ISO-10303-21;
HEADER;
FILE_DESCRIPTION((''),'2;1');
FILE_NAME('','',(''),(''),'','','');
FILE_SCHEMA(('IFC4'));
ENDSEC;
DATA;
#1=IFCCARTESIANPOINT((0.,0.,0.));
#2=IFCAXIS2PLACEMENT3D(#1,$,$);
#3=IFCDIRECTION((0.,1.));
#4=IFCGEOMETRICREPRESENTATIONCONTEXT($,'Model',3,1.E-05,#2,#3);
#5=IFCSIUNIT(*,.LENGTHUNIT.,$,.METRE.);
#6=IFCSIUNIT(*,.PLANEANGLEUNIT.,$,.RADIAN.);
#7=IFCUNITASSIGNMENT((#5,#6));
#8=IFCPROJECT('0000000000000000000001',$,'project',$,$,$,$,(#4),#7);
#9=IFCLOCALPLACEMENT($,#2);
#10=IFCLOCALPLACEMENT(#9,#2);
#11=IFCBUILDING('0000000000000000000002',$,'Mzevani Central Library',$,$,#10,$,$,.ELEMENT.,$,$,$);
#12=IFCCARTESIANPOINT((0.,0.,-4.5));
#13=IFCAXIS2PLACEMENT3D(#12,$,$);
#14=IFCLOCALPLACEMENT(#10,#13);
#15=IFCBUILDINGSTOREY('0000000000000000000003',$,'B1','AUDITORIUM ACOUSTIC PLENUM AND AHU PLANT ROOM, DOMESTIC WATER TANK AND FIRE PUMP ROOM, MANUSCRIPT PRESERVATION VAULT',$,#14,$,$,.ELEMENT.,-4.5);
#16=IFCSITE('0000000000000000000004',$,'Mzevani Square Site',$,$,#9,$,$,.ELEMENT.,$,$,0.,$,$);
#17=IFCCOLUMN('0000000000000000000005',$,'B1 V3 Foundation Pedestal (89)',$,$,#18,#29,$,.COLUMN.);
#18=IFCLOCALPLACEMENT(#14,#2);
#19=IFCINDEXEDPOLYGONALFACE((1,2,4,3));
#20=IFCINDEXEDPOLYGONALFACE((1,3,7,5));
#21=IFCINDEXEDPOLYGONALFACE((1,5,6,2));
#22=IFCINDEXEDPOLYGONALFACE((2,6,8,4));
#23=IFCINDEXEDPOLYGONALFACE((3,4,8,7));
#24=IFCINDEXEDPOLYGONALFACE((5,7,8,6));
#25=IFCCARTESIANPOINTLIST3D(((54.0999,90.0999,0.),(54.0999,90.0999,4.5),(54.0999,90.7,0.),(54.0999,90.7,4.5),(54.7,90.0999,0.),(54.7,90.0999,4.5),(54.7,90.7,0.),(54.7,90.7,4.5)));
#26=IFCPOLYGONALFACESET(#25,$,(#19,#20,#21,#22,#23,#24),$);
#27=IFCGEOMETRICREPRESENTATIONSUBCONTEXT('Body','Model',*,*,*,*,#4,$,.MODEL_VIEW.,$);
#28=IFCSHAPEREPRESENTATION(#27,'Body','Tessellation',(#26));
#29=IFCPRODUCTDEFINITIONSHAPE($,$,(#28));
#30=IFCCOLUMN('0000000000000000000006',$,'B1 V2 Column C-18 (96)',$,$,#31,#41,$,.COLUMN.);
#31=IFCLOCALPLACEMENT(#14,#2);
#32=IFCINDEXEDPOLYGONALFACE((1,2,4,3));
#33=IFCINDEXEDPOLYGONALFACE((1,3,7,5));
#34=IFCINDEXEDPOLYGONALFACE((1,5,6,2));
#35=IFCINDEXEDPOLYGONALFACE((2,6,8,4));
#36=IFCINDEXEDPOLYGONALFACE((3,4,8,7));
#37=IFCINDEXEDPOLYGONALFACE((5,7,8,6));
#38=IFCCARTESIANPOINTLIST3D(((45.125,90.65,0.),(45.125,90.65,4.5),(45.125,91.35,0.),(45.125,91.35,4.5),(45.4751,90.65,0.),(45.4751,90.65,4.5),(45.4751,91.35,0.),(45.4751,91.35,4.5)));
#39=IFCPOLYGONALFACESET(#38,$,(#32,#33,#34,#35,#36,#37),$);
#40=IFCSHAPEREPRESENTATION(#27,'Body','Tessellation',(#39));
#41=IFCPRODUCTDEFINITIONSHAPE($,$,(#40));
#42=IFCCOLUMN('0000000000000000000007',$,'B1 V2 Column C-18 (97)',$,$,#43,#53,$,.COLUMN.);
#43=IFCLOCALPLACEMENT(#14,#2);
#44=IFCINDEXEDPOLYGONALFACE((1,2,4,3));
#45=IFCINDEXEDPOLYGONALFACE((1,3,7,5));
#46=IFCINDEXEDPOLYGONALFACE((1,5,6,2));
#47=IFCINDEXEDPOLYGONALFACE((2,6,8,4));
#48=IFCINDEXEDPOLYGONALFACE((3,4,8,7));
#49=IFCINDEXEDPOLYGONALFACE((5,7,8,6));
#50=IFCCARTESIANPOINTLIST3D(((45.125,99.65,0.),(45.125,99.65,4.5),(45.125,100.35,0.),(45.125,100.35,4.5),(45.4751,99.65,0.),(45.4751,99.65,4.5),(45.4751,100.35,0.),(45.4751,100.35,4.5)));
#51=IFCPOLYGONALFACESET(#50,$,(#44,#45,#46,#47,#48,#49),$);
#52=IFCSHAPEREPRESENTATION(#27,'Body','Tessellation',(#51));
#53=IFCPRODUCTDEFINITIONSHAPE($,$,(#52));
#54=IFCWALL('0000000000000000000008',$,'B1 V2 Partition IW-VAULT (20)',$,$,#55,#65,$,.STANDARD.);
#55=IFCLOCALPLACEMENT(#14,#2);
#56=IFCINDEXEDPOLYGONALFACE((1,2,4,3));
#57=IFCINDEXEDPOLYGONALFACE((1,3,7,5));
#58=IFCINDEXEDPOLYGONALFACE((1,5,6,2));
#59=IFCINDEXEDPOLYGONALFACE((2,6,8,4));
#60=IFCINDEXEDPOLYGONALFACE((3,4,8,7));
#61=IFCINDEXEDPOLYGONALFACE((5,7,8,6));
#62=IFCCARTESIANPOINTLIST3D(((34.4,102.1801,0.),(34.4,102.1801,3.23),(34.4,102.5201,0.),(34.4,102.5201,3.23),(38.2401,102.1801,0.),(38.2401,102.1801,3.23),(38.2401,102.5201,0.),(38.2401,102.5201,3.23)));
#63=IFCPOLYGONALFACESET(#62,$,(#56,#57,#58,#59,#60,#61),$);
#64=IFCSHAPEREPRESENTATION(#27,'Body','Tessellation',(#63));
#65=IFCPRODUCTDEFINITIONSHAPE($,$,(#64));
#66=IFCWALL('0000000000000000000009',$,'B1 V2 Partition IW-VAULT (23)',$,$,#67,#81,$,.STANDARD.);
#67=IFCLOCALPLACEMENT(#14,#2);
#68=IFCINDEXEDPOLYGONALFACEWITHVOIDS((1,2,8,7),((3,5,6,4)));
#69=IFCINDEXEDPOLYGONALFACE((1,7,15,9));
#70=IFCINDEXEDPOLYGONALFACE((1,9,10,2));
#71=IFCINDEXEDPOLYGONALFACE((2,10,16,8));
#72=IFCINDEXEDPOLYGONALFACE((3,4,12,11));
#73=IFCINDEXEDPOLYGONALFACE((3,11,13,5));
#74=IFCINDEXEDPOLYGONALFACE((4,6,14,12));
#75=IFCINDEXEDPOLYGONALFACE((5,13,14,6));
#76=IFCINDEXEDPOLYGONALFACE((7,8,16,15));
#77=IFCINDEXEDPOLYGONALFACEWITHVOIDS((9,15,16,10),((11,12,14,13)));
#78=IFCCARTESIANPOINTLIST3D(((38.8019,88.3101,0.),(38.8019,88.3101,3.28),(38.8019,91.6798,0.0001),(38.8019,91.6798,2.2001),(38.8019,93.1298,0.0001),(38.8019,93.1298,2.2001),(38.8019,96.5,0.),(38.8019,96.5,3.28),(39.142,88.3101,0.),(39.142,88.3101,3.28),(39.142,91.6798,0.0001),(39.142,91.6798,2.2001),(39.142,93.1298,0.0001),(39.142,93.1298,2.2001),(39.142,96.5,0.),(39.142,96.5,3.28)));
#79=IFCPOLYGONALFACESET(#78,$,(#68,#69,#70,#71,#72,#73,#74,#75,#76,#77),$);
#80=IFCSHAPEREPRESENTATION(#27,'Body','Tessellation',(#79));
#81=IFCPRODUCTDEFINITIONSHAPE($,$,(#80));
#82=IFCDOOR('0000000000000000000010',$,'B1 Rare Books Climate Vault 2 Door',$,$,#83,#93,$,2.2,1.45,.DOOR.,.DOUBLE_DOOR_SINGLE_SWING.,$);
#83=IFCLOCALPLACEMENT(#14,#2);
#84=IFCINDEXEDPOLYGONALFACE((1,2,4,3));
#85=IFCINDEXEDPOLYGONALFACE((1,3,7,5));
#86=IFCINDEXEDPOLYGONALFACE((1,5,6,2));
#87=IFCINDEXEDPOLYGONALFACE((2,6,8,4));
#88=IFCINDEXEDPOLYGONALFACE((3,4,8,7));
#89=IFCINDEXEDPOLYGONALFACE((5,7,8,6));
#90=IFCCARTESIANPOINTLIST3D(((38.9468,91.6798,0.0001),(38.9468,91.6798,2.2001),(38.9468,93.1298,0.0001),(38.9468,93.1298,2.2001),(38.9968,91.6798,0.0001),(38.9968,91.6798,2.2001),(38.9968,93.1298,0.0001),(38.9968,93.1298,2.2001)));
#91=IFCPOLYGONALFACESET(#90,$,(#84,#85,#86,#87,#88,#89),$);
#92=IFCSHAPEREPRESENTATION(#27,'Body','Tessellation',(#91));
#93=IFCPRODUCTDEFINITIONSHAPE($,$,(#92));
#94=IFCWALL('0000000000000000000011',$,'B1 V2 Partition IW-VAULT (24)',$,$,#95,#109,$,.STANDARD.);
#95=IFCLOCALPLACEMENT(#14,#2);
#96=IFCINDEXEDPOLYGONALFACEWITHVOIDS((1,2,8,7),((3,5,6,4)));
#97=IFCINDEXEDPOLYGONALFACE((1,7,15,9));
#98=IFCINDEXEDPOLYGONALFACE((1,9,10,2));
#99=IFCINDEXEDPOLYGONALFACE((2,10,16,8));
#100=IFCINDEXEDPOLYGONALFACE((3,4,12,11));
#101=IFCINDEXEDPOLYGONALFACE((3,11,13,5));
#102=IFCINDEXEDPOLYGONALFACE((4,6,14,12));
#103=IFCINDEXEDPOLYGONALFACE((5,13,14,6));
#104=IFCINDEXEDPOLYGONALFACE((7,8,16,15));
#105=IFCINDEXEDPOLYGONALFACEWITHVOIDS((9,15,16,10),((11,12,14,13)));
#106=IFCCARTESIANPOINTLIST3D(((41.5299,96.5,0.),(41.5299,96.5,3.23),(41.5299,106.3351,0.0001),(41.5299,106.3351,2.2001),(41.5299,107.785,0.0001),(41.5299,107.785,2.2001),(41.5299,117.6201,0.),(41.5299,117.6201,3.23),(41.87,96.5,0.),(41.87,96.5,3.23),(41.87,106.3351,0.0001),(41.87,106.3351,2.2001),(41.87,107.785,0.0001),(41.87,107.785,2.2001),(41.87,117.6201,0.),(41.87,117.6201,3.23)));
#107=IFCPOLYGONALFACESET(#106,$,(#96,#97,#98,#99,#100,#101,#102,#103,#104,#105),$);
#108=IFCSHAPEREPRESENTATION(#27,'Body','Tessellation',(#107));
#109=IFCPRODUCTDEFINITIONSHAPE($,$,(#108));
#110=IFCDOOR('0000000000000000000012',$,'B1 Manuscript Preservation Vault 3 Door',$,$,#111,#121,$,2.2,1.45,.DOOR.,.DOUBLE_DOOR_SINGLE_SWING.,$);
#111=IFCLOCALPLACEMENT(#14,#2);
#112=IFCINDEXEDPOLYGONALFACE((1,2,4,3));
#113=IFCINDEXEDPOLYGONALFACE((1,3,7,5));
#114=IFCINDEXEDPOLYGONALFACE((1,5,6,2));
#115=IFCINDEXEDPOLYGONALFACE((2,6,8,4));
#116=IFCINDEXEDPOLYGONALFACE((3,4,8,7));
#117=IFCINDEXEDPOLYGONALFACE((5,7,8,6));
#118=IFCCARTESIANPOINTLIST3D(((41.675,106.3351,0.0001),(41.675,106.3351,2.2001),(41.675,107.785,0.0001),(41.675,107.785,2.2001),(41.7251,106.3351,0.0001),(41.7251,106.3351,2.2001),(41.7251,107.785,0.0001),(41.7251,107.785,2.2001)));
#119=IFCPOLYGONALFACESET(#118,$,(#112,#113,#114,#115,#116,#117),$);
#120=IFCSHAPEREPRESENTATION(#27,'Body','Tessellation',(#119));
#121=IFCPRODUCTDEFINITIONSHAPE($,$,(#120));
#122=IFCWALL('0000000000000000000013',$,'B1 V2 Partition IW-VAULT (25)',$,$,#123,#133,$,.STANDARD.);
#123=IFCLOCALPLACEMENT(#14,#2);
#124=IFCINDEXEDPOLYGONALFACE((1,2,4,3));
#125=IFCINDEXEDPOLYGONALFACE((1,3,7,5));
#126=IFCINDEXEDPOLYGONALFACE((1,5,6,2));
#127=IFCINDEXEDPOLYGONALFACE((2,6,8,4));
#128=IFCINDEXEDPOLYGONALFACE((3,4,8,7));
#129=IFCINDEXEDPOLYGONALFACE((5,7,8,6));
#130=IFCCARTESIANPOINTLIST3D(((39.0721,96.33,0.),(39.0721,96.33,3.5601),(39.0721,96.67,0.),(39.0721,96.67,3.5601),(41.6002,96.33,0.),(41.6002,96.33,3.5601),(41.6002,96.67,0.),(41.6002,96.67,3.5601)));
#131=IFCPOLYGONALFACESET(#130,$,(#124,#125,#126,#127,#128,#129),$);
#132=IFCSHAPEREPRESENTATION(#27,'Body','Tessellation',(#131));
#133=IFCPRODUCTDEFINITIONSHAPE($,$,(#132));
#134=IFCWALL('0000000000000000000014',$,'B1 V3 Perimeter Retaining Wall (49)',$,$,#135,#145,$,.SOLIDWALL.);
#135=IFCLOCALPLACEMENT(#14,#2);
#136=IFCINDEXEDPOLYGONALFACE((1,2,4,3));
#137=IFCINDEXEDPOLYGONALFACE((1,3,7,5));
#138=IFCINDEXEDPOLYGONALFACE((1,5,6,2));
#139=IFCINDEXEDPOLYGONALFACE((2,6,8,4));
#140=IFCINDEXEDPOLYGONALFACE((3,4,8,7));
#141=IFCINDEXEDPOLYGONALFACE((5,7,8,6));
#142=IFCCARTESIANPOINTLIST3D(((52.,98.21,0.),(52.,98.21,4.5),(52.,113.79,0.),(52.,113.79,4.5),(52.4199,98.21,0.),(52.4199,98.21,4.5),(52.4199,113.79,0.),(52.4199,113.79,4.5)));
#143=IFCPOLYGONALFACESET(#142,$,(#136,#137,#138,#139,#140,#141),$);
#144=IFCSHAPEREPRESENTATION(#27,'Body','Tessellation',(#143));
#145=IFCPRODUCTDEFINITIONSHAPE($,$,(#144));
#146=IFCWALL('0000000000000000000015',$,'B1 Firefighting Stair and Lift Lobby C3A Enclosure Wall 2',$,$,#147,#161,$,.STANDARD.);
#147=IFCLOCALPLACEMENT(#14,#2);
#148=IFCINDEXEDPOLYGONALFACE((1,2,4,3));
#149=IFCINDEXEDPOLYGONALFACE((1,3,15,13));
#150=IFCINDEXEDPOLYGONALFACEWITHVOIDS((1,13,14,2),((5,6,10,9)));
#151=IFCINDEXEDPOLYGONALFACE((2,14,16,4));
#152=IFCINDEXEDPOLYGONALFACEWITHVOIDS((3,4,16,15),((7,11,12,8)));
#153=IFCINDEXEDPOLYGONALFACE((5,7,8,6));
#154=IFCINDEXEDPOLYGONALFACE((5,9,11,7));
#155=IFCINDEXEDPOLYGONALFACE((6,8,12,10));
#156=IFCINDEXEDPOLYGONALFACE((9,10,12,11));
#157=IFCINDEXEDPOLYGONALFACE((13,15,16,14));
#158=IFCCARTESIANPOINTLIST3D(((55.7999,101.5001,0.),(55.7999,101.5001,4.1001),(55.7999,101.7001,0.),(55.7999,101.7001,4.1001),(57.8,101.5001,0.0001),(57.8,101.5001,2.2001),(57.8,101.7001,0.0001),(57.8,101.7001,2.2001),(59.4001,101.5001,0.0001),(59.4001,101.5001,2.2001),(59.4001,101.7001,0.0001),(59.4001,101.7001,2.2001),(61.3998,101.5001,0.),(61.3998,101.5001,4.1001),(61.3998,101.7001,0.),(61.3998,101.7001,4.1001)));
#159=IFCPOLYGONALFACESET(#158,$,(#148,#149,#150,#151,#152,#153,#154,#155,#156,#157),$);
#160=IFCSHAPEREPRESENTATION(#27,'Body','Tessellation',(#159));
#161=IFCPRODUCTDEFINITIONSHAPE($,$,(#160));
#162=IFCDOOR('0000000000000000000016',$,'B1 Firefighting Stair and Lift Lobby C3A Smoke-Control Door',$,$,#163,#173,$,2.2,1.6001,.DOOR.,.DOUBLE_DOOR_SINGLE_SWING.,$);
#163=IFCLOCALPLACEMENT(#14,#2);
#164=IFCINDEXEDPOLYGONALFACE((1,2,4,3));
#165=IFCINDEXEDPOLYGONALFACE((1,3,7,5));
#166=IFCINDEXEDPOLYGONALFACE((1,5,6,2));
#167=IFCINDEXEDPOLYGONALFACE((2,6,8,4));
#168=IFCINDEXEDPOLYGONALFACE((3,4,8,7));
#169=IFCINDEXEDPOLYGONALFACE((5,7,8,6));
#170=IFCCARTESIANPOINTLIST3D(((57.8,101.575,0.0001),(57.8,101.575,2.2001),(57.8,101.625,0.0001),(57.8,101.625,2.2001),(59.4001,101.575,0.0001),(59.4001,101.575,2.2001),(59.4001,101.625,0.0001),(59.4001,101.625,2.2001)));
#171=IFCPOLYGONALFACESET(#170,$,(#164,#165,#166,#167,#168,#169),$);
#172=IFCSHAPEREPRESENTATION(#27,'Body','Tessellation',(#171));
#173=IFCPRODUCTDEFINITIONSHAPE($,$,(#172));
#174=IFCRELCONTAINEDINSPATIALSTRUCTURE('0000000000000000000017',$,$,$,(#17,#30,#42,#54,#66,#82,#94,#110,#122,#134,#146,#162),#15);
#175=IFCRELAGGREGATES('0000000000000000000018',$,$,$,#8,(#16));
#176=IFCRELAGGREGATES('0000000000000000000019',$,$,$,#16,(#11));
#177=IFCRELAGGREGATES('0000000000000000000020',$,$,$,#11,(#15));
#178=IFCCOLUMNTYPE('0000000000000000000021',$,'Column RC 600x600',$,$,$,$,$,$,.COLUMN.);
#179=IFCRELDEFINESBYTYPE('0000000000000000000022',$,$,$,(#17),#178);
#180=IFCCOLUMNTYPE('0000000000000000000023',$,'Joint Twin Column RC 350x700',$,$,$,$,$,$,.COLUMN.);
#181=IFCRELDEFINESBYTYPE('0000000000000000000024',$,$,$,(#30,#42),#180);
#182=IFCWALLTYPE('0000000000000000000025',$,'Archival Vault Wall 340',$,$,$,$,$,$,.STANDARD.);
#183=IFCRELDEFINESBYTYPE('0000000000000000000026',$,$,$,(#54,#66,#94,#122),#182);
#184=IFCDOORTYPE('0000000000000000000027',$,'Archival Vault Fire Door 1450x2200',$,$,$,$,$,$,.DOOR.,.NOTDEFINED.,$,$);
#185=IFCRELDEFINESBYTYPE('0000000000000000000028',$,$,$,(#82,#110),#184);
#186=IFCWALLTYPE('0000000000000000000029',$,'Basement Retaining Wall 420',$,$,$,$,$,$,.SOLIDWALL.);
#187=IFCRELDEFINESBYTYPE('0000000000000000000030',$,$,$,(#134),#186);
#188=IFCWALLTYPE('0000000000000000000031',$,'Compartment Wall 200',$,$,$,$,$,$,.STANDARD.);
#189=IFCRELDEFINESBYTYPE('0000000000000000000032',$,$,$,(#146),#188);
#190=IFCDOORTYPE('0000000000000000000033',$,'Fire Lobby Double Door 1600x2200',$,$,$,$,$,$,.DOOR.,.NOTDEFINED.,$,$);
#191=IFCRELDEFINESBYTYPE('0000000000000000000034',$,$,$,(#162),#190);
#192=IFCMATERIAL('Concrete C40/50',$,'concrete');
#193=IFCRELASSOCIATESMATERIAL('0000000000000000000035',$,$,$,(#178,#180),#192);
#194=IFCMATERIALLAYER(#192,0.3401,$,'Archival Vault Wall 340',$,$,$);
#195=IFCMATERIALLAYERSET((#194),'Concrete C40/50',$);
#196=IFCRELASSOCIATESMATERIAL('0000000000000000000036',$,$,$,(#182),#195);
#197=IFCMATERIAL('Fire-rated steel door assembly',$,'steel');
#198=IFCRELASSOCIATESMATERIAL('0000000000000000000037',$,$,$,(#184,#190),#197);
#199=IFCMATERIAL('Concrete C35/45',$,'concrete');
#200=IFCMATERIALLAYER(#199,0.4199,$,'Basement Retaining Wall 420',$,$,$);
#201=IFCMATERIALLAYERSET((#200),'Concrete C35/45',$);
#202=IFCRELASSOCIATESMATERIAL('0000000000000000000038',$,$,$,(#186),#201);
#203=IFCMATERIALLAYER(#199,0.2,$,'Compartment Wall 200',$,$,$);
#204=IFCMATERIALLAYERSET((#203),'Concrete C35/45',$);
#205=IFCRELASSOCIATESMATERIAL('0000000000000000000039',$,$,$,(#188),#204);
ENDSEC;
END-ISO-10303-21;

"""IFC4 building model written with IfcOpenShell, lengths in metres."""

from ifc_helpers import new_model, si_unit, direction, frame, frame_2d, origin, origin_2d, place, context, subcontext, project, spatial, rectangle, extrude, material, layer, layer_set, material_profile, profile_set, type_object, element, fill, save


model = new_model("IFC4")

# Units and contexts
model_context = context("Model", 3, precision=1e-05, world=origin(), true_north=direction((0.0, 1.0)))
body_context = subcontext(model_context, "Body", "Model", "MODEL_VIEW")
ifc_project = project(units=[si_unit("LENGTHUNIT", "METRE"), si_unit("PLANEANGLEUNIT", "RADIAN")], contexts=[model_context])

# Site, building, storey
site_placement = place(None, origin())
site = spatial("IfcSite", under=ifc_project, at=site_placement, Name="Mzevani Square Site", CompositionType="ELEMENT", RefElevation=0.0)
building_placement = place(site_placement, origin())
building = spatial("IfcBuilding", under=site, at=building_placement, Name="Mzevani Central Library", CompositionType="ELEMENT")
storey_placement = place(building_placement, frame((0.0, 0.0, -4.5)))
storey = spatial("IfcBuildingStorey", under=building, at=storey_placement, Name="B1", Description="AUDITORIUM ACOUSTIC PLENUM AND AHU PLANT ROOM, DOMESTIC WATER TANK AND FIRE PUMP ROOM, MANUSCRIPT PRESERVATION VAULT", CompositionType="ELEMENT", Elevation=-4.5)

# Shared definitions
ifc_material_1 = material(Name="Concrete C40/50", Category="concrete")

# Columns
ifc_material_profile_1 = material_profile(ifc_material_1, rectangle(XDim=0.6001, YDim=0.6001, at=origin_2d()), Name="RC 600x600")
ifc_profile_set_1 = profile_set([ifc_material_profile_1], Name="Concrete C40/50")
column_type_1 = type_object("IfcColumnType", Name="Column RC 600x600", PredefinedType="COLUMN", material=ifc_profile_set_1)
for number, where, z_axis, x_axis, name in (
    (1, (54.3999, 90.3999, 0.0), (0.0, 0.0, 1.0), (1.0, 0.0, 0.0), "B1 V3 Foundation Pedestal (89)"),
):
    element("IfcColumn", number, at=place(storey_placement, frame(where, z_axis=z_axis, x_axis=x_axis)), inside=storey, type_object=column_type_1, Name=name, PredefinedType="COLUMN", context=body_context, shape_type="SweptSolid", body=[
        extrude(rectangle(XDim=0.6001, YDim=0.6001, at=origin_2d()), origin(), (0.0, 0.0, 1.0), 4.5),
    ])
ifc_material_profile_2 = material_profile(ifc_material_1, rectangle(XDim=0.3501, YDim=0.7, at=origin_2d()), Name="RC 350x700")
ifc_profile_set_2 = profile_set([ifc_material_profile_2], Name="Concrete C40/50")
column_type_2 = type_object("IfcColumnType", Name="Joint Twin Column RC 350x700", PredefinedType="COLUMN", material=ifc_profile_set_2)
for number, where, z_axis, x_axis, name in (
    (2, (45.3, 91.0, 0.0), (0.0, 0.0, 1.0), (1.0, 0.0, 0.0), "B1 V2 Column C-18 (96)"),
    (3, (45.3, 100.0, 0.0), (0.0, 0.0, 1.0), (1.0, 0.0, 0.0), "B1 V2 Column C-18 (97)"),
):
    element("IfcColumn", number, at=place(storey_placement, frame(where, z_axis=z_axis, x_axis=x_axis)), inside=storey, type_object=column_type_2, Name=name, PredefinedType="COLUMN", context=body_context, shape_type="SweptSolid", body=[
        extrude(rectangle(XDim=0.3501, YDim=0.7, at=origin_2d()), origin(), (0.0, 0.0, 1.0), 4.5),
    ])

# Wall
ifc_layer_1 = layer(ifc_material_1, 0.3401, Name="Archival Vault Wall 340")
ifc_layer_set_1 = layer_set([ifc_layer_1], Name="Concrete C40/50")
wall_type_1 = type_object("IfcWallType", Name="Archival Vault Wall 340", PredefinedType="STANDARD", material=ifc_layer_set_1)
wall_1_placement = place(storey_placement, frame((38.24, 102.3501, 0.0), z_axis=(0.0, 0.0, 1.0), x_axis=(-1.0, 0.0, 0.0)))
element("IfcWall", 4, at=wall_1_placement, inside=storey, type_object=wall_type_1, Name="B1 V2 Partition IW-VAULT (20)", PredefinedType="STANDARD", context=body_context, shape_type="SweptSolid", body=[
    extrude(rectangle(XDim=3.8401, YDim=0.3401, at=frame_2d((1.9199, 0.0))), origin(), (0.0, 0.0, 1.0), 3.23),
])

# Walls, openings, doors
wall_2_placement = place(storey_placement, frame((38.9719, 96.5, 0.0), z_axis=(0.0, 0.0, 1.0), x_axis=(0.0, -1.0, 0.0)))
wall_2 = element("IfcWall", 5, at=wall_2_placement, inside=storey, type_object=wall_type_1, Name="B1 V2 Partition IW-VAULT (23)", PredefinedType="STANDARD", context=body_context, shape_type="SweptSolid", body=[
    extrude(rectangle(XDim=8.1899, YDim=0.3401, at=frame_2d((4.095, 0.0))), origin(), (0.0, 0.0, 1.0), 3.28),
])
opening_1_placement = place(wall_2_placement, frame((3.3701, 0.0, 0.0)))
opening_1 = element("IfcOpeningElement", 6, at=opening_1_placement, cuts=wall_2, PredefinedType="OPENING", context=body_context, shape_type="SweptSolid", body=[
    extrude(rectangle(XDim=1.45, YDim=2.2, at=frame_2d((0.7251, 1.1001))), frame((0.0, 0.1802, 0.0), z_axis=(0.0, -1.0, 0.0), x_axis=(1.0, 0.0, 0.0)), (0.0, 0.0, 1.0), 0.3601),
])
ifc_material_2 = material(Name="Fire-rated steel door assembly", Category="steel")
door_type_1 = type_object("IfcDoorType", Name="Archival Vault Fire Door 1450x2200", OperationType="NOTDEFINED", PredefinedType="DOOR", material=ifc_material_2)
door_1_placement = place(opening_1_placement, origin())
door_1 = element("IfcDoor", 7, at=door_1_placement, inside=storey, type_object=door_type_1, Name="B1 Rare Books Climate Vault 2 Door", OperationType="DOUBLE_DOOR_SINGLE_SWING", OverallHeight=2.2, OverallWidth=1.45, PredefinedType="DOOR", context=body_context, shape_type="SweptSolid", body=[
    extrude(rectangle(XDim=1.45, YDim=2.2, at=frame_2d((0.7251, 1.1001))), frame((0.0, 0.0249, 0.0), z_axis=(0.0, -1.0, 0.0), x_axis=(1.0, 0.0, 0.0)), (0.0, 0.0, 1.0), 0.05),
])
fill(opening_1, door_1)
wall_3_placement = place(storey_placement, frame((41.7, 96.5, 0.0), z_axis=(0.0, 0.0, 1.0), x_axis=(0.0, 1.0, 0.0)))
wall_3 = element("IfcWall", 8, at=wall_3_placement, inside=storey, type_object=wall_type_1, Name="B1 V2 Partition IW-VAULT (24)", PredefinedType="STANDARD", context=body_context, shape_type="SweptSolid", body=[
    extrude(rectangle(XDim=21.1201, YDim=0.3401, at=frame_2d((10.5601, 0.0))), origin(), (0.0, 0.0, 1.0), 3.23),
])
opening_2_placement = place(wall_3_placement, frame((9.835, 0.0, 0.0)))
opening_2 = element("IfcOpeningElement", 9, at=opening_2_placement, cuts=wall_3, PredefinedType="OPENING", context=body_context, shape_type="SweptSolid", body=[
    extrude(rectangle(XDim=1.45, YDim=2.2, at=frame_2d((0.7251, 1.1001))), frame((0.0, 0.1802, 0.0), z_axis=(0.0, -1.0, 0.0), x_axis=(1.0, 0.0, 0.0)), (0.0, 0.0, 1.0), 0.3601),
])
door_2_placement = place(opening_2_placement, origin())
door_2 = element("IfcDoor", 10, at=door_2_placement, inside=storey, type_object=door_type_1, Name="B1 Manuscript Preservation Vault 3 Door", OperationType="DOUBLE_DOOR_SINGLE_SWING", OverallHeight=2.2, OverallWidth=1.45, PredefinedType="DOOR", context=body_context, shape_type="SweptSolid", body=[
    extrude(rectangle(XDim=1.45, YDim=2.2, at=frame_2d((0.7251, 1.1001))), frame((0.0, 0.0249, 0.0), z_axis=(0.0, -1.0, 0.0), x_axis=(1.0, 0.0, 0.0)), (0.0, 0.0, 1.0), 0.05),
])
fill(opening_2, door_2)

# Walls
wall_4_placement = place(storey_placement, frame((39.072, 96.5, 0.0), z_axis=(0.0, 0.0, 1.0), x_axis=(1.0, 0.0, 0.0)))
element("IfcWall", 11, at=wall_4_placement, inside=storey, type_object=wall_type_1, Name="B1 V2 Partition IW-VAULT (25)", PredefinedType="STANDARD", context=body_context, shape_type="SweptSolid", body=[
    extrude(rectangle(XDim=2.5281, YDim=0.3401, at=frame_2d((1.2642, 0.0))), origin(), (0.0, 0.0, 1.0), 3.5601),
])
ifc_material_3 = material(Name="Concrete C35/45", Category="concrete")
ifc_layer_2 = layer(ifc_material_3, 0.4199, Name="Basement Retaining Wall 420")
ifc_layer_set_2 = layer_set([ifc_layer_2], Name="Concrete C35/45")
wall_type_2 = type_object("IfcWallType", Name="Basement Retaining Wall 420", PredefinedType="SOLIDWALL", material=ifc_layer_set_2)
wall_5_placement = place(storey_placement, frame((52.21, 98.21, 0.0), z_axis=(0.0, 0.0, 1.0), x_axis=(0.0, 1.0, 0.0)))
element("IfcWall", 12, at=wall_5_placement, inside=storey, type_object=wall_type_2, Name="B1 V3 Perimeter Retaining Wall (49)", PredefinedType="SOLIDWALL", context=body_context, shape_type="SweptSolid", body=[
    extrude(rectangle(XDim=15.5801, YDim=0.4199, at=frame_2d((7.79, 0.0))), origin(), (0.0, 0.0, 1.0), 4.5),
])

# Wall, opening, door
ifc_layer_3 = layer(ifc_material_3, 0.2, Name="Compartment Wall 200")
ifc_layer_set_3 = layer_set([ifc_layer_3], Name="Concrete C35/45")
wall_type_3 = type_object("IfcWallType", Name="Compartment Wall 200", PredefinedType="STANDARD", material=ifc_layer_set_3)
wall_6_placement = place(storey_placement, frame((55.8, 101.6001, 0.0), z_axis=(0.0, 0.0, 1.0), x_axis=(1.0, 0.0, 0.0)))
wall_6 = element("IfcWall", 13, at=wall_6_placement, inside=storey, type_object=wall_type_3, Name="B1 Firefighting Stair and Lift Lobby C3A Enclosure Wall 2", PredefinedType="STANDARD", context=body_context, shape_type="SweptSolid", body=[
    extrude(rectangle(XDim=5.5999, YDim=0.2, at=frame_2d((2.7998, 0.0))), origin(), (0.0, 0.0, 1.0), 4.1001),
])
opening_3_placement = place(wall_6_placement, frame((2.0, 0.0, 0.0)))
opening_3 = element("IfcOpeningElement", 14, at=opening_3_placement, cuts=wall_6, PredefinedType="OPENING", context=body_context, shape_type="SweptSolid", body=[
    extrude(rectangle(XDim=1.6001, YDim=2.2, at=frame_2d((0.8, 1.1001))), frame((0.0, 0.1099, 0.0), z_axis=(0.0, -1.0, 0.0), x_axis=(1.0, 0.0, 0.0)), (0.0, 0.0, 1.0), 0.22),
])
door_type_2 = type_object("IfcDoorType", Name="Fire Lobby Double Door 1600x2200", OperationType="NOTDEFINED", PredefinedType="DOOR", material=ifc_material_2)
door_3_placement = place(opening_3_placement, origin())
door_3 = element("IfcDoor", 15, at=door_3_placement, inside=storey, type_object=door_type_2, Name="B1 Firefighting Stair and Lift Lobby C3A Smoke-Control Door", OperationType="DOUBLE_DOOR_SINGLE_SWING", OverallHeight=2.2, OverallWidth=1.6001, PredefinedType="DOOR", context=body_context, shape_type="SweptSolid", body=[
    extrude(rectangle(XDim=1.6001, YDim=2.2, at=frame_2d((0.8, 1.1001))), frame((0.0, 0.0249, 0.0), z_axis=(0.0, -1.0, 0.0), x_axis=(1.0, 0.0, 0.0)), (0.0, 0.0, 1.0), 0.05),
])
fill(opening_3, door_3)

save(model, "model.ifc")
